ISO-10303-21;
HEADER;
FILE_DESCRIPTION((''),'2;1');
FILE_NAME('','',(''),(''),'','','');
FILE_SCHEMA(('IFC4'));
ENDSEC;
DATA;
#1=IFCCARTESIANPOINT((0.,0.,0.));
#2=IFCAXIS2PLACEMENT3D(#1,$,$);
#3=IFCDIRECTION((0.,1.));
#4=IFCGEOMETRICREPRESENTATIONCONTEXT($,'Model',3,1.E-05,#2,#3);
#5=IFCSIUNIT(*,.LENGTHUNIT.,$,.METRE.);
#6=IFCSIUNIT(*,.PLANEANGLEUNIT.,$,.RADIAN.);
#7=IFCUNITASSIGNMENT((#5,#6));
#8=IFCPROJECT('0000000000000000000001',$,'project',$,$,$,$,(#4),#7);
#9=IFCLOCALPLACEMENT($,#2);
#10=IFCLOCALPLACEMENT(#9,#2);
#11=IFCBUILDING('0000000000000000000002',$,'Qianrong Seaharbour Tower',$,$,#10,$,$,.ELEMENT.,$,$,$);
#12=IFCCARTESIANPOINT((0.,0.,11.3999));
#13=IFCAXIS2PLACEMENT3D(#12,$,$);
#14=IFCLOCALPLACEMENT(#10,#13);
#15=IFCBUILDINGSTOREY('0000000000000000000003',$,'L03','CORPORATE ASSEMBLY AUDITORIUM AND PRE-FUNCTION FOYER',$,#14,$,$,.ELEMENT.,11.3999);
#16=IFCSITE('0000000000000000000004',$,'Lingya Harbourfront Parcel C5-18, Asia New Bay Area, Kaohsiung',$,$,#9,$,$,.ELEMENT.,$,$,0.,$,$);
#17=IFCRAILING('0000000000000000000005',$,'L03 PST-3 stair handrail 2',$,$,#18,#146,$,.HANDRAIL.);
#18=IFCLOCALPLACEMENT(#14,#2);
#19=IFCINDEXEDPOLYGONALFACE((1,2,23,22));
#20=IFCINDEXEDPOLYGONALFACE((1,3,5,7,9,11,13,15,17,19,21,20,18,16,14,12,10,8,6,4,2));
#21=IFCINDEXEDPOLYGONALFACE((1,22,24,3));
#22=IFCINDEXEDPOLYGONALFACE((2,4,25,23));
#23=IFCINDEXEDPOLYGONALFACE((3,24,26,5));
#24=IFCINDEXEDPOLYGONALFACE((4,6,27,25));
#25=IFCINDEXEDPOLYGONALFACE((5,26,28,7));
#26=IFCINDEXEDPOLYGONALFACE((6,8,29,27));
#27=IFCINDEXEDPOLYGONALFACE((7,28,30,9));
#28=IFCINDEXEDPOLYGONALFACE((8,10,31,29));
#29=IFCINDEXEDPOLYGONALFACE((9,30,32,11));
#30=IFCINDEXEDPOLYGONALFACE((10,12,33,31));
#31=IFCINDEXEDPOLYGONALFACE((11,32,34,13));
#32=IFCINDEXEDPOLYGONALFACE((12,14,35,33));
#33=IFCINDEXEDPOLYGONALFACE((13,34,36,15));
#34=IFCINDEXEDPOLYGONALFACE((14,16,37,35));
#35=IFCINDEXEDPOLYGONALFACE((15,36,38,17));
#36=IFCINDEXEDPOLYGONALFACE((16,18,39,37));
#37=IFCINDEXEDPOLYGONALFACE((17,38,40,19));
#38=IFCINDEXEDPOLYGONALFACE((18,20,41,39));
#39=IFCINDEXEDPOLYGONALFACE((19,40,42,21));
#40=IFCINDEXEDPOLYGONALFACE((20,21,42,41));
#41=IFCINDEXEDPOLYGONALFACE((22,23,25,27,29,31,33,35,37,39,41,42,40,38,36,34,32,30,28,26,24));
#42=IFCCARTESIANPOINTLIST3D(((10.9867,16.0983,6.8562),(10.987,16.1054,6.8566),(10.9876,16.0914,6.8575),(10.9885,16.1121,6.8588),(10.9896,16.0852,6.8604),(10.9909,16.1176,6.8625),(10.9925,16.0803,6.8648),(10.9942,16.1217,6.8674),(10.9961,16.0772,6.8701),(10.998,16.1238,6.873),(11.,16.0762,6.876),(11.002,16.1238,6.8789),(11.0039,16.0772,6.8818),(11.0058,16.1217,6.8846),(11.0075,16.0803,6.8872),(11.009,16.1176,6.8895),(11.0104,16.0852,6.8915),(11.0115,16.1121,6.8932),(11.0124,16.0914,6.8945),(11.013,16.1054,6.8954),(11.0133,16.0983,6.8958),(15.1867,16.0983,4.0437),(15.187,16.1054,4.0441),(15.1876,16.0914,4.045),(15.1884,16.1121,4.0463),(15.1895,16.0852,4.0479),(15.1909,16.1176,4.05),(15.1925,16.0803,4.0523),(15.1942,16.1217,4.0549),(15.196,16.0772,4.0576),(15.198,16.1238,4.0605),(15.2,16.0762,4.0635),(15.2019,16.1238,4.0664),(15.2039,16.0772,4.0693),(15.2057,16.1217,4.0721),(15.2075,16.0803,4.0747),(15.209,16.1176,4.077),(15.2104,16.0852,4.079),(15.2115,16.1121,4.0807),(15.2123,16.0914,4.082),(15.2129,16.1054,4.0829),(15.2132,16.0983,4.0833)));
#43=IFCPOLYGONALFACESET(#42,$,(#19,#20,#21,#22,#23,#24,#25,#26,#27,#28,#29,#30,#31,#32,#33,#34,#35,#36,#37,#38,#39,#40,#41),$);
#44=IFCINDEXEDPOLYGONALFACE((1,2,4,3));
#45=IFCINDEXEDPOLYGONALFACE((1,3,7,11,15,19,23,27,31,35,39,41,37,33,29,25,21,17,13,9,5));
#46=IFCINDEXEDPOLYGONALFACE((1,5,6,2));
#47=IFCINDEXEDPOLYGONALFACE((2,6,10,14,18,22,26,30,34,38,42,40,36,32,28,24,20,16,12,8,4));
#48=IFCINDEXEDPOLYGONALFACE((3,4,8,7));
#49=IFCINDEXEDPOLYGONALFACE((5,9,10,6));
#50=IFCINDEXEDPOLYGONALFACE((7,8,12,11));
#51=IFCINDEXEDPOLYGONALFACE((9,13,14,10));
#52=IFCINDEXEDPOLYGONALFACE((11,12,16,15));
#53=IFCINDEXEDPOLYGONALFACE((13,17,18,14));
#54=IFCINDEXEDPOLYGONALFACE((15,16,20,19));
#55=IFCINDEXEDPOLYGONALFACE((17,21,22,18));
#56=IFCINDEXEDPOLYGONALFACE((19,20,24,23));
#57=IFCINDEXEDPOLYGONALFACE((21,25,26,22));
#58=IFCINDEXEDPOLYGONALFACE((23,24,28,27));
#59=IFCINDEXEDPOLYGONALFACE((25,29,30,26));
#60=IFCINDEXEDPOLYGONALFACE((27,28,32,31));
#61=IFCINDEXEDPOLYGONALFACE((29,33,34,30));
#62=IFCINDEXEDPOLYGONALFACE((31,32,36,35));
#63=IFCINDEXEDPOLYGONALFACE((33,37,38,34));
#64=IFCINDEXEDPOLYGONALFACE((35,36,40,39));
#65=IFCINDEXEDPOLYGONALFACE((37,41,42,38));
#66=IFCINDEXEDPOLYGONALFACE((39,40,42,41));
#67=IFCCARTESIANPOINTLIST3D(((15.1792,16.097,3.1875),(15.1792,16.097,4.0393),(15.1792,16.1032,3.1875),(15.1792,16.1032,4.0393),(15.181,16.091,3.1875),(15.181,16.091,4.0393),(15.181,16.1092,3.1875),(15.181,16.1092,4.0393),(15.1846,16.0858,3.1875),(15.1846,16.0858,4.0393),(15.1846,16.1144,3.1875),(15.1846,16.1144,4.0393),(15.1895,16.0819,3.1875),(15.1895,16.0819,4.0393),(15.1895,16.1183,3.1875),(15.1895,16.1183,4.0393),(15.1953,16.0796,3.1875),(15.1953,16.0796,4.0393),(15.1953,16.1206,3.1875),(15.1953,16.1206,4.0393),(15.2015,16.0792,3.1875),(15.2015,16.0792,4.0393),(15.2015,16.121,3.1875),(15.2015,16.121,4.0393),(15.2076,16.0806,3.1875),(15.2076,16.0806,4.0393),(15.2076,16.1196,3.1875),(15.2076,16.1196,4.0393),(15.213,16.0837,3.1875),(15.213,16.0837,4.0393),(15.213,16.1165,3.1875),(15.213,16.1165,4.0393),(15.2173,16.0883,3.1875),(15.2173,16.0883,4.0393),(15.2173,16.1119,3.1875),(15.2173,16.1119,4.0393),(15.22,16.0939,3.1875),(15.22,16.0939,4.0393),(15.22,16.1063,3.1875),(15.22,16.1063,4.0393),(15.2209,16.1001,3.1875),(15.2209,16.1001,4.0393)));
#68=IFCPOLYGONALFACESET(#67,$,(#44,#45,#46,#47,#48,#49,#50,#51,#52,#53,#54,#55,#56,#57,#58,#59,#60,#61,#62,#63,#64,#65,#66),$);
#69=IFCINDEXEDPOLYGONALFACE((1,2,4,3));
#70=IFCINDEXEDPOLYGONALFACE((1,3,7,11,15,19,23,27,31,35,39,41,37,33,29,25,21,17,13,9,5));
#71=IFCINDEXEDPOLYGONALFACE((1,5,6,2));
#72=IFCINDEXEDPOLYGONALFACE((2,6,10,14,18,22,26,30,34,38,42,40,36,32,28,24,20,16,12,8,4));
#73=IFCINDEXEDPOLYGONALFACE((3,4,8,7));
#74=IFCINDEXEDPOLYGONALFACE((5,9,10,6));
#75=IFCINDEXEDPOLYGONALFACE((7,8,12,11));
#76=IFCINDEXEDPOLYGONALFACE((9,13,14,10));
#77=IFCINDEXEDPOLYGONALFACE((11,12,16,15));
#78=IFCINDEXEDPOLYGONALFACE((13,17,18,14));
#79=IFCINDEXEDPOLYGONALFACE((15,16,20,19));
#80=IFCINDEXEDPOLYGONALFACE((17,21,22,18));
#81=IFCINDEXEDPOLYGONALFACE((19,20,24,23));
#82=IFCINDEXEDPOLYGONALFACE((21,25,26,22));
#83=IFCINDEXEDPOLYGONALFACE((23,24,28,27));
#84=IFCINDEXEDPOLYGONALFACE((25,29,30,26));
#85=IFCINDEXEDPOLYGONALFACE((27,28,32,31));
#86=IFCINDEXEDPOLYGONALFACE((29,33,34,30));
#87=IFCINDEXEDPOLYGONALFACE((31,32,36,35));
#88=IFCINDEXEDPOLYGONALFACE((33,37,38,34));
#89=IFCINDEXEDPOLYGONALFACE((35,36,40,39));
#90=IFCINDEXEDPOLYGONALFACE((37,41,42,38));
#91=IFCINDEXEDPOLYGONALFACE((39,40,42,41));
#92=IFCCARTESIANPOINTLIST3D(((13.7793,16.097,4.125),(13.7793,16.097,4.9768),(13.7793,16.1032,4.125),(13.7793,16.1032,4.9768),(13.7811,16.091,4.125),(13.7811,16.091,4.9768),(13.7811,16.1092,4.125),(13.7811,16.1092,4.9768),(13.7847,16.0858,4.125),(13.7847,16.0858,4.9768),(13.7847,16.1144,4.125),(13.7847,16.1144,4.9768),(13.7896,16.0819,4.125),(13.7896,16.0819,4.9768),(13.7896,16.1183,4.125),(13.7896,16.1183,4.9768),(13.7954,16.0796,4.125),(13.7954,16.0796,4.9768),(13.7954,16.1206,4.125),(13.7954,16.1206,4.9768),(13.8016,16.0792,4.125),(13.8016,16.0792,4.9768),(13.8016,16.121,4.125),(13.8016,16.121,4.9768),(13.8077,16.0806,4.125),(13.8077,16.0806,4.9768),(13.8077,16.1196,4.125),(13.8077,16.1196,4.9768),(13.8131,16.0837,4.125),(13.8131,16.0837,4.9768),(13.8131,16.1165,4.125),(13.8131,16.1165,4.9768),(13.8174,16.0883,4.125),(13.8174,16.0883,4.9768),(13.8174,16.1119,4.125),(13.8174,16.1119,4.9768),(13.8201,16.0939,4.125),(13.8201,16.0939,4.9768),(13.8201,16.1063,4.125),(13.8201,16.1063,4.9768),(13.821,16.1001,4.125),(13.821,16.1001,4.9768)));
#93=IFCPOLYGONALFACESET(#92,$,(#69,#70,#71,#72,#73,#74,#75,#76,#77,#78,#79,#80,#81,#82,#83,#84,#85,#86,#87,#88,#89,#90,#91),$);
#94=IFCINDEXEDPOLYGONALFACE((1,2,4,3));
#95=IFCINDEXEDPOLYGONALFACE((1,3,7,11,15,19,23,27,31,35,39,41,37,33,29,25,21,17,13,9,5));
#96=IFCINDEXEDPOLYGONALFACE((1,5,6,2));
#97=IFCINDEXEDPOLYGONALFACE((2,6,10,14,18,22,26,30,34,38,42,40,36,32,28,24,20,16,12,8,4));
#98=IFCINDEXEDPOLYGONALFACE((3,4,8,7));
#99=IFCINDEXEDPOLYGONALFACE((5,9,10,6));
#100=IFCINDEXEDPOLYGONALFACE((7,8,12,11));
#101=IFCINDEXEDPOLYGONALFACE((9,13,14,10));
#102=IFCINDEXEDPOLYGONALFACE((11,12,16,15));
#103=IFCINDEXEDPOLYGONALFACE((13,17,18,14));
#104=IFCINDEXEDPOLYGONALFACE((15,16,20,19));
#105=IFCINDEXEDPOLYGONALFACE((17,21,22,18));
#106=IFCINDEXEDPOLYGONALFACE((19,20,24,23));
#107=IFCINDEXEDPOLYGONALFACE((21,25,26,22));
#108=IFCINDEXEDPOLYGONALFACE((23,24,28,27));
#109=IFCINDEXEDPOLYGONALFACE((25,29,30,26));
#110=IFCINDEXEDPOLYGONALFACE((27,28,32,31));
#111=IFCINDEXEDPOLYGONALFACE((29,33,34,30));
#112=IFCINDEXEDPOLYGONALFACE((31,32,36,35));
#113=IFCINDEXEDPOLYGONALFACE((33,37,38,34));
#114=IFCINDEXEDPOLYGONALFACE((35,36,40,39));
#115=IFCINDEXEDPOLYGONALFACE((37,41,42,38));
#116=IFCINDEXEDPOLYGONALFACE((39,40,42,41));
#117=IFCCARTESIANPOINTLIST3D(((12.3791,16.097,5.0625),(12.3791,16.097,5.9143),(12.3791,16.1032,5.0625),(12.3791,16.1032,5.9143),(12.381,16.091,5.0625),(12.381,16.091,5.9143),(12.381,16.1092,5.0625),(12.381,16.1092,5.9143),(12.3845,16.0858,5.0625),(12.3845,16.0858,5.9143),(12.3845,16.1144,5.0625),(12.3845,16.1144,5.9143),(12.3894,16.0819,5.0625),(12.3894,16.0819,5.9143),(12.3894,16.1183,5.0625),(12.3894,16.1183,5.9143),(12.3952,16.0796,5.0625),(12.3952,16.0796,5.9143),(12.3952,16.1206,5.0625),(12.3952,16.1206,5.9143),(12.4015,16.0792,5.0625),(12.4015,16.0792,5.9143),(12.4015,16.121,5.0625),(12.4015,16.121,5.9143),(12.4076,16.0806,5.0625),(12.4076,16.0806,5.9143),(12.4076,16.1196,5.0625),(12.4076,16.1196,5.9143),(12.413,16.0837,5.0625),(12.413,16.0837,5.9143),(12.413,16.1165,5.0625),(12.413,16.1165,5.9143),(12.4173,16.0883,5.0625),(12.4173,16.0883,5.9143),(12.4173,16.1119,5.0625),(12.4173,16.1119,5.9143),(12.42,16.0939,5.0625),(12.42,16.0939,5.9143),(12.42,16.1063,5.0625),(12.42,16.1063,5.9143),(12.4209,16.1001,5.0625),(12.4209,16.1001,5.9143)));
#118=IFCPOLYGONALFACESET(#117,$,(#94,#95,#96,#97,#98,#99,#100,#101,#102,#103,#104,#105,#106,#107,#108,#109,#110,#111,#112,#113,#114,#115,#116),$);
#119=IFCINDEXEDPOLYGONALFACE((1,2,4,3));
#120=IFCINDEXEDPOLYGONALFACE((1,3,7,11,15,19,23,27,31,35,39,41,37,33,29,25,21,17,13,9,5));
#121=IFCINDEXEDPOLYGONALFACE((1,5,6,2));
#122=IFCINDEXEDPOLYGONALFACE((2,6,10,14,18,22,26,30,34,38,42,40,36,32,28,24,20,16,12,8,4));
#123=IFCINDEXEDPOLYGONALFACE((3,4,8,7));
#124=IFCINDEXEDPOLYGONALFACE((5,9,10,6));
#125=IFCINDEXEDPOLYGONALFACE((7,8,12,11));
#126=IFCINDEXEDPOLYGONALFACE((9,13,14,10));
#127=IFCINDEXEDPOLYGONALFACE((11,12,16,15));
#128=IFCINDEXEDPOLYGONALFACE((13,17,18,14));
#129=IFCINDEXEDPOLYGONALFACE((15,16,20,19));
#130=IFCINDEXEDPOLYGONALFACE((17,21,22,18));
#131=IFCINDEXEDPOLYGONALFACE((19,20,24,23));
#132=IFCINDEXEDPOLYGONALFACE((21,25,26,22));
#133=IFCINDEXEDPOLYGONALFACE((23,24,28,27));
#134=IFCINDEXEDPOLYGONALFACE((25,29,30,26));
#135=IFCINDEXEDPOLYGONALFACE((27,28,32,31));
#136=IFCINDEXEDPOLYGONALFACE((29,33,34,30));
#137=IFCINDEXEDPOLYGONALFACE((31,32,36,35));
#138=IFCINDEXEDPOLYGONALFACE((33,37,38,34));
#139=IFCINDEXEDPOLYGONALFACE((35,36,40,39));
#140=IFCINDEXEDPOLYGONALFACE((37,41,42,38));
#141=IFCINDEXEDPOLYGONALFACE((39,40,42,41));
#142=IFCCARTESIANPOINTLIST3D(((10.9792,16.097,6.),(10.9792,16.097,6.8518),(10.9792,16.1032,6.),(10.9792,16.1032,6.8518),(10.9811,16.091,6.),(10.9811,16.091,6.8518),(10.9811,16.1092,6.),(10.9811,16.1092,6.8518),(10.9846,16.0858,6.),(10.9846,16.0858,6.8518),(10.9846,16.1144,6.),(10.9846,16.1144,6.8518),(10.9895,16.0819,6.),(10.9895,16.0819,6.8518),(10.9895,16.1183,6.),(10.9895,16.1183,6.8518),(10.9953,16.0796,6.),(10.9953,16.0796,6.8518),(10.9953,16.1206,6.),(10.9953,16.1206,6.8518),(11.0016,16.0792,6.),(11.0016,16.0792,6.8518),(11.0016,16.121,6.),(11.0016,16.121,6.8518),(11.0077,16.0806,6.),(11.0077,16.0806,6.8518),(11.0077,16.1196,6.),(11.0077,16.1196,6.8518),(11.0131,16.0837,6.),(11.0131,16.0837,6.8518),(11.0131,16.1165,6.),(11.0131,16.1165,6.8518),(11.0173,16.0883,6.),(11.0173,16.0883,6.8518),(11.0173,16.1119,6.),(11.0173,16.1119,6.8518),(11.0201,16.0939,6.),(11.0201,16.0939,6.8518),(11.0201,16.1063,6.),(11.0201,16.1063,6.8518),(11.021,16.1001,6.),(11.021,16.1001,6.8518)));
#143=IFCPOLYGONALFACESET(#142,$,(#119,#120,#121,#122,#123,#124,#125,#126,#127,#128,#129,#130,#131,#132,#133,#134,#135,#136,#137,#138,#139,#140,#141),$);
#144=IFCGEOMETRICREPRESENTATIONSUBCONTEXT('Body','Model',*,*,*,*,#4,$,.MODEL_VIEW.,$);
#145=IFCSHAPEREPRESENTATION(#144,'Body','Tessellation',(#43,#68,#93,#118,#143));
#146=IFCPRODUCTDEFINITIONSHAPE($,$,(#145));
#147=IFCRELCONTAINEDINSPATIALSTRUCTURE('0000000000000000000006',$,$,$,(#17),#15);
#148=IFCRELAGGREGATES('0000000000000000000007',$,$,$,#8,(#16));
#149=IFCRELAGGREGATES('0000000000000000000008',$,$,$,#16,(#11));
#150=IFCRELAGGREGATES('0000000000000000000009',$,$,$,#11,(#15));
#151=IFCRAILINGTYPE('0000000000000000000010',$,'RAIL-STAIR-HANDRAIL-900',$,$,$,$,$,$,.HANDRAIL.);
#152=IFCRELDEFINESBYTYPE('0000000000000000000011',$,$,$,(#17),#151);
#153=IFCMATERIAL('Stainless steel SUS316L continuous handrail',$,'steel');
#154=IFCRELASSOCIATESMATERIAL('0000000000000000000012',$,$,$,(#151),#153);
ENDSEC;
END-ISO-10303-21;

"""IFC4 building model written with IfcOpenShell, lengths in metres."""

from ifc_helpers import new_model, si_unit, direction, frame, origin, origin_2d, place, context, subcontext, project, spatial, circle, extrude, material, type_object, element, save


model = new_model("IFC4")

# Units and contexts
model_context = context("Model", 3, precision=1e-05, world=origin(), true_north=direction((0.0, 1.0)))
body_context = subcontext(model_context, "Body", "Model", "MODEL_VIEW")
ifc_project = project(units=[si_unit("LENGTHUNIT", "METRE"), si_unit("PLANEANGLEUNIT", "RADIAN")], contexts=[model_context])

# Site, building, storey
site_placement = place(None, origin())
site = spatial("IfcSite", under=ifc_project, at=site_placement, Name="Lingya Harbourfront Parcel C5-18, Asia New Bay Area, Kaohsiung", CompositionType="ELEMENT", RefElevation=0.0)
building_placement = place(site_placement, origin())
building = spatial("IfcBuilding", under=site, at=building_placement, Name="Qianrong Seaharbour Tower", CompositionType="ELEMENT")
storey_placement = place(building_placement, frame((0.0, 0.0, 11.3999)))
storey = spatial("IfcBuildingStorey", under=building, at=storey_placement, Name="L03", Description="CORPORATE ASSEMBLY AUDITORIUM AND PRE-FUNCTION FOYER", CompositionType="ELEMENT", Elevation=11.3999)

# Railing
ifc_material_1 = material(Name="Stainless steel SUS316L continuous handrail", Category="steel")
railing_type_1 = type_object("IfcRailingType", Name="RAIL-STAIR-HANDRAIL-900", PredefinedType="HANDRAIL", material=ifc_material_1)
railing_1_placement = place(storey_placement, frame((15.2, 16.1001, 3.1875)))
element("IfcRailing", 1, at=railing_1_placement, inside=storey, type_object=railing_type_1, Name="L03 PST-3 stair handrail 2", PredefinedType="HANDRAIL", context=body_context, shape_type="SweptSolid", body=[
    extrude(circle(Radius=0.0239, at=origin_2d()), frame((0.0, 0.0, 0.876), z_axis=(-0.830904, 0.0, 0.556416), x_axis=(0.0, -1.0, 0.0)), (0.0, 0.0, 1.0), 5.0547),
    extrude(circle(Radius=0.021, at=origin_2d()), origin(), (0.0, 0.0, 1.0), 0.8518),
    extrude(circle(Radius=0.021, at=origin_2d()), frame((-1.3999, 0.0, 0.9375)), (0.0, 0.0, 1.0), 0.8518),
    extrude(circle(Radius=0.021, at=origin_2d()), frame((-2.8, 0.0, 1.875)), (0.0, 0.0, 1.0), 0.8518),
    extrude(circle(Radius=0.021, at=origin_2d()), frame((-4.2, 0.0, 2.8125)), (0.0, 0.0, 1.0), 0.8518),
])

save(model, "model.ifc")
